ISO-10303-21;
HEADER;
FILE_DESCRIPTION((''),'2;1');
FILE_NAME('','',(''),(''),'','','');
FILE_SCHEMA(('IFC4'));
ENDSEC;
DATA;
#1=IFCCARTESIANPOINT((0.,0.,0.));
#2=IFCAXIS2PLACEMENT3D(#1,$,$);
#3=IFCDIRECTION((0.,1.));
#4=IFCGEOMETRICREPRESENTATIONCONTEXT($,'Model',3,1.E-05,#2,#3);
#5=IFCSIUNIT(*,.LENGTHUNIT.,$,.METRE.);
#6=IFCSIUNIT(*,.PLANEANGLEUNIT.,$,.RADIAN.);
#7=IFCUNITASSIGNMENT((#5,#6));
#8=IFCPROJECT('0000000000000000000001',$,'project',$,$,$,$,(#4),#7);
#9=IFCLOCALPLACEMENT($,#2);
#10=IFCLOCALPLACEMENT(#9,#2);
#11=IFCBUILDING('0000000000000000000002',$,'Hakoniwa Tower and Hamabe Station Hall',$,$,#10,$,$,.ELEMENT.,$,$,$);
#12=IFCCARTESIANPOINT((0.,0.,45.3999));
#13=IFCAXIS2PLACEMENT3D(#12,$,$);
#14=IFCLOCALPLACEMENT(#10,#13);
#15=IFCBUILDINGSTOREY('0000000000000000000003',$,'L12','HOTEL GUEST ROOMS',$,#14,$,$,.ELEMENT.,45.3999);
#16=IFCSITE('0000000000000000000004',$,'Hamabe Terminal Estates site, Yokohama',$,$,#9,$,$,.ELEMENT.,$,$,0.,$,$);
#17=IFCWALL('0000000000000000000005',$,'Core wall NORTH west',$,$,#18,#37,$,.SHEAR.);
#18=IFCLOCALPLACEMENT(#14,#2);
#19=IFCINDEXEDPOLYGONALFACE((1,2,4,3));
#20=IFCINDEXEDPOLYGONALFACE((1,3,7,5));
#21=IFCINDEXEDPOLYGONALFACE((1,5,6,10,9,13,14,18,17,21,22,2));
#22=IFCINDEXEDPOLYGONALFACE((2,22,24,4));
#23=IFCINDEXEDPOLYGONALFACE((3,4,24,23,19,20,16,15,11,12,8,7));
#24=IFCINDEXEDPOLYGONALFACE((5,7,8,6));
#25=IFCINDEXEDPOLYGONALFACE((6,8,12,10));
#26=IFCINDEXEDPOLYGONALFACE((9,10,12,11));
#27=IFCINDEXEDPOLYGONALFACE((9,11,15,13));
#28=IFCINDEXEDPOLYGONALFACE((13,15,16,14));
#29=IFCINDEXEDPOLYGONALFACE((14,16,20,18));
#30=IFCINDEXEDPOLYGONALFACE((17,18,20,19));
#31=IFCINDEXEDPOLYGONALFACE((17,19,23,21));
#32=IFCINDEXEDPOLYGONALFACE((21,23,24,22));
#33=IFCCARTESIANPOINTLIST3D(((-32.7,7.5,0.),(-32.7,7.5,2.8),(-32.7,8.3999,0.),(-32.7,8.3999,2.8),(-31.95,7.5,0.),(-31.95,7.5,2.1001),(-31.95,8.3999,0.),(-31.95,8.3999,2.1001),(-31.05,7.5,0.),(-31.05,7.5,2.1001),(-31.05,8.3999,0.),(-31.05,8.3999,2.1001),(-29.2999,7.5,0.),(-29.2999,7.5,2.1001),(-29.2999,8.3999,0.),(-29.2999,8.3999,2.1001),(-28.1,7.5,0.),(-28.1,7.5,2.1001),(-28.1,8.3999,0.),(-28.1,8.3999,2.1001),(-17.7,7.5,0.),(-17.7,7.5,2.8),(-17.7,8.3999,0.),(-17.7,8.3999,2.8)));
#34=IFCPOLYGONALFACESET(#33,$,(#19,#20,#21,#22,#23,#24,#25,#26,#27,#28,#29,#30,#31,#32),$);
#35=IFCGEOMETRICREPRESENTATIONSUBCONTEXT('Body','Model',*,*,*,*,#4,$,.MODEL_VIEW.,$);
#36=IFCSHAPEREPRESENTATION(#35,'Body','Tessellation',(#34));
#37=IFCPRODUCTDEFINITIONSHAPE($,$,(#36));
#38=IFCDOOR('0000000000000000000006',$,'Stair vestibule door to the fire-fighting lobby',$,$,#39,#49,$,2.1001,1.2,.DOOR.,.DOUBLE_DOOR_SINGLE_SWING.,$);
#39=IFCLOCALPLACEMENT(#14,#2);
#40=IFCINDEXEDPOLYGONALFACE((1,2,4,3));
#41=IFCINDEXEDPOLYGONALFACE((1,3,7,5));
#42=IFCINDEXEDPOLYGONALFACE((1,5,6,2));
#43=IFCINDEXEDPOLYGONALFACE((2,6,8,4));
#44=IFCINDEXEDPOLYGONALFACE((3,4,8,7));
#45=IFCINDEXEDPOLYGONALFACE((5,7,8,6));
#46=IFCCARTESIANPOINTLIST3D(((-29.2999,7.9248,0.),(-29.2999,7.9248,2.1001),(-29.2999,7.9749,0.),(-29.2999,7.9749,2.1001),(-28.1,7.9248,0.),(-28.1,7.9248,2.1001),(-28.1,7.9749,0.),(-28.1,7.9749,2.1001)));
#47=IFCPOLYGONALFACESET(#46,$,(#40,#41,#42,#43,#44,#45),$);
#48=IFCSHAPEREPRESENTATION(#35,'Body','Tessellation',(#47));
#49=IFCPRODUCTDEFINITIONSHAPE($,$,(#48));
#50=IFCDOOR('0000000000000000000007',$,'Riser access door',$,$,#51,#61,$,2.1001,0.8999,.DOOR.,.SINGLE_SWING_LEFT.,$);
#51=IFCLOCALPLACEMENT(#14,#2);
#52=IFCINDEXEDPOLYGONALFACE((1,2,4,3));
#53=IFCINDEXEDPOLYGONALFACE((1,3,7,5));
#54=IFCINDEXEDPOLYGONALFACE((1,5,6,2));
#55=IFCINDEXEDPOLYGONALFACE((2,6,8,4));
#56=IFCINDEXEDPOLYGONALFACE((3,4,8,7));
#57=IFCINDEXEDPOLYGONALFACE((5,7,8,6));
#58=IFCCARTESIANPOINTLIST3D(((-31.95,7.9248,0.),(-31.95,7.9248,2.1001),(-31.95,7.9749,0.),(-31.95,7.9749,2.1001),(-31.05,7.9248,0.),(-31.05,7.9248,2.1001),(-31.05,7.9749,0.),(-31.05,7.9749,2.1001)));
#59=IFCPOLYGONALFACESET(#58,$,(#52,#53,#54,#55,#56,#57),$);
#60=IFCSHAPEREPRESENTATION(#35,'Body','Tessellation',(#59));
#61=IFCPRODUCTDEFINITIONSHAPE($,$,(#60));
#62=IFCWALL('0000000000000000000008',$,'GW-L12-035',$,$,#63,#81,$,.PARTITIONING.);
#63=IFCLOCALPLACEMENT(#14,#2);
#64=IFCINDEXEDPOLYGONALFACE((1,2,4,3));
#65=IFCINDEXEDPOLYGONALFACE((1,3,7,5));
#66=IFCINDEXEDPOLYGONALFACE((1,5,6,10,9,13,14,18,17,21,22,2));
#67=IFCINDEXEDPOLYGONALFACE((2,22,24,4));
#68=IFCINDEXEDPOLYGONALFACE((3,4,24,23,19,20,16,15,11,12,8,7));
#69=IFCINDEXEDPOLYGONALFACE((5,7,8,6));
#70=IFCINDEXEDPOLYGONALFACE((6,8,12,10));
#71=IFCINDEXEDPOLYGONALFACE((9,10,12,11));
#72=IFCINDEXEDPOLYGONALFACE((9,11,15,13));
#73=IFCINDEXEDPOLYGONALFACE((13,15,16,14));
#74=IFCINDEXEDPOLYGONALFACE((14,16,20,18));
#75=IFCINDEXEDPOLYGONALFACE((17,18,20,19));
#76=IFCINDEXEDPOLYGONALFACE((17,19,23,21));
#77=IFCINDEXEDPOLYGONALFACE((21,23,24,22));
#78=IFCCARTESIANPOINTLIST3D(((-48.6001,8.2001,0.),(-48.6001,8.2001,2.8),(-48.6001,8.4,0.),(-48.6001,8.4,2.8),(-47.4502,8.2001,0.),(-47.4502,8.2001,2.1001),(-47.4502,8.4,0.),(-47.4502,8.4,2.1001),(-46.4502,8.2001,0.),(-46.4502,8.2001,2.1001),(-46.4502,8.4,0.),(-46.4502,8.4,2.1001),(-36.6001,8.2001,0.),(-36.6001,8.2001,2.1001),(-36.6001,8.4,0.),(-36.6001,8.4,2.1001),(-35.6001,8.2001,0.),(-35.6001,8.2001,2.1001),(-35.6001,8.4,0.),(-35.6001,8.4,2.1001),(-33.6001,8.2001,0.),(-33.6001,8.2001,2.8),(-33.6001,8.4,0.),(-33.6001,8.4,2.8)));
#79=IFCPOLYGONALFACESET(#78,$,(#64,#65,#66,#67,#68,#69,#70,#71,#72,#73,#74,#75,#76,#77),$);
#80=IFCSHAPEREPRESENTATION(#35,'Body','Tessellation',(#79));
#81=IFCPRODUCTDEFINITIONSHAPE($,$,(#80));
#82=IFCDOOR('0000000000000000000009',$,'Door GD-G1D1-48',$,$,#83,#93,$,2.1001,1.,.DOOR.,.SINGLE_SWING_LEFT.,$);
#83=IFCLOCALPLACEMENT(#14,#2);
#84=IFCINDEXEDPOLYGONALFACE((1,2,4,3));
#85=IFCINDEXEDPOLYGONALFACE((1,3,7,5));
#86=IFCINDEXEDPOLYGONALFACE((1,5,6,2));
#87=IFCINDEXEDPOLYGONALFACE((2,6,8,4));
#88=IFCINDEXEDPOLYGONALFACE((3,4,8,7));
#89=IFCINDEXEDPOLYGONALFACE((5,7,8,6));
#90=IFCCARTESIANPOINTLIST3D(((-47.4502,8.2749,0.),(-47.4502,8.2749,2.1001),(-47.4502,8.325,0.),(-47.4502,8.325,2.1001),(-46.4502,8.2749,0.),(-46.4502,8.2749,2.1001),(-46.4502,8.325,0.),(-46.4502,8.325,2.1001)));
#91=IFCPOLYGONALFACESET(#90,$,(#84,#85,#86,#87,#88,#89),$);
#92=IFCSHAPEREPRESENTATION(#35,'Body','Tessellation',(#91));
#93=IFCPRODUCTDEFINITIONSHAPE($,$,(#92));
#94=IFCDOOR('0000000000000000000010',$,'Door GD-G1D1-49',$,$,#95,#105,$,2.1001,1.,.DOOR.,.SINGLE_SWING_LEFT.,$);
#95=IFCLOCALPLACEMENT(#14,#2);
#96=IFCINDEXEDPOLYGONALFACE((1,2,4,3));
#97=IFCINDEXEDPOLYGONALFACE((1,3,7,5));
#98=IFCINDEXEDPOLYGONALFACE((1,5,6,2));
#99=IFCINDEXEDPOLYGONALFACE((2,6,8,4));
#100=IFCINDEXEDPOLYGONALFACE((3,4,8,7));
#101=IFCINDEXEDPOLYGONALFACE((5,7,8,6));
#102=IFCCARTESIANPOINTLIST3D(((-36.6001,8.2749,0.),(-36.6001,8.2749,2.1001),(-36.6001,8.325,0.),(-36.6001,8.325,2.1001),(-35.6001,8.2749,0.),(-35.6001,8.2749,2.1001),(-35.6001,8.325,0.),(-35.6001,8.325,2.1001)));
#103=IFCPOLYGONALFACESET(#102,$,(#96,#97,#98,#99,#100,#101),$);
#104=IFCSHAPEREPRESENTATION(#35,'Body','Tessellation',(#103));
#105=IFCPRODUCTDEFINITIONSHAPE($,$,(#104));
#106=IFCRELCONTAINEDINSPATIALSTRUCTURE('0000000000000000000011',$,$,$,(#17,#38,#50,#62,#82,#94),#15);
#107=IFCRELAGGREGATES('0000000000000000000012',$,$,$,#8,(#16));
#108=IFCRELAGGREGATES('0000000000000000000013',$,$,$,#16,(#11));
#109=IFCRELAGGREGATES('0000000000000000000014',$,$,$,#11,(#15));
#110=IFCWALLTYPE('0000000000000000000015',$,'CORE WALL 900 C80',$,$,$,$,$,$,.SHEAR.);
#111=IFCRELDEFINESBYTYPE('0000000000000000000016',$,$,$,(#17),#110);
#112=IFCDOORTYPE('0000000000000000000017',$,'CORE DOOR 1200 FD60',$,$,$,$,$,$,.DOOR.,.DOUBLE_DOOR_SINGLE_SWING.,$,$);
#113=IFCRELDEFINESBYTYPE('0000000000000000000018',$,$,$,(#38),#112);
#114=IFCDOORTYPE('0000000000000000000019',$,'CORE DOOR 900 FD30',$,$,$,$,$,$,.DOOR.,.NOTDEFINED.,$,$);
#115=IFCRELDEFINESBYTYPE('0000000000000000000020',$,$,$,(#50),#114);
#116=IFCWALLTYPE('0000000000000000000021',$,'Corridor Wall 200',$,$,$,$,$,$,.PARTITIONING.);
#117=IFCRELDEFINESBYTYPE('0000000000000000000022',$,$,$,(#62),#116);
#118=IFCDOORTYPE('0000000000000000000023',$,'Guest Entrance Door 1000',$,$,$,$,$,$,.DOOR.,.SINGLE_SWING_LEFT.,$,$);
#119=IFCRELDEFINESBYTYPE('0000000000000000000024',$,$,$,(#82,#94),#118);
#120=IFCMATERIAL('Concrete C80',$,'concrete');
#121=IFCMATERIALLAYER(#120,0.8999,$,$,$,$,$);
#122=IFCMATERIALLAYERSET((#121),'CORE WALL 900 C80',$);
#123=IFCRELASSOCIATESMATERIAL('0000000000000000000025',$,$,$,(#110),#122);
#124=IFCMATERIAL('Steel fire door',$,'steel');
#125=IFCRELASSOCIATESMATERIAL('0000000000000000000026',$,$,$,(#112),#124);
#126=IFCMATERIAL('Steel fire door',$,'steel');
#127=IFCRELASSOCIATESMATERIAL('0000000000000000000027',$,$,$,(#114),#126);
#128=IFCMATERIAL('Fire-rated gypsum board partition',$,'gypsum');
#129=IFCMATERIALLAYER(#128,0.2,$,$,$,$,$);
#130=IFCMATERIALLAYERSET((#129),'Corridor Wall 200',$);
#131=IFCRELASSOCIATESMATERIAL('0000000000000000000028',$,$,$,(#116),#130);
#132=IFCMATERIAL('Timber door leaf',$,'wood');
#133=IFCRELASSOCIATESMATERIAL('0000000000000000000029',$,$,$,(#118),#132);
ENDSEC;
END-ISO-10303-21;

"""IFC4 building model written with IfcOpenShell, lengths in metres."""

from ifc_helpers import new_model, si_unit, direction, frame, frame_2d, origin, place, context, subcontext, project, spatial, rectangle, extrude, material, layer, layer_set, type_object, element, fill, save


model = new_model("IFC4")

# Units and contexts
model_context = context("Model", 3, precision=1e-05, world=origin(), true_north=direction((0.0, 1.0)))
body_context = subcontext(model_context, "Body", "Model", "MODEL_VIEW")
ifc_project = project(units=[si_unit("LENGTHUNIT", "METRE"), si_unit("PLANEANGLEUNIT", "RADIAN")], contexts=[model_context])

# Site, building, storey
site_placement = place(None, origin())
site = spatial("IfcSite", under=ifc_project, at=site_placement, Name="Hamabe Terminal Estates site, Yokohama", CompositionType="ELEMENT", RefElevation=0.0)
building_placement = place(site_placement, origin())
building = spatial("IfcBuilding", under=site, at=building_placement, Name="Hakoniwa Tower and Hamabe Station Hall", CompositionType="ELEMENT")
storey_placement = place(building_placement, frame((0.0, 0.0, 45.3999)))
storey = spatial("IfcBuildingStorey", under=building, at=storey_placement, Name="L12", Description="HOTEL GUEST ROOMS", CompositionType="ELEMENT", Elevation=45.3999)

# Walls, openings, doors
ifc_material_1 = material(Name="Concrete C80", Category="concrete")
ifc_layer_1 = layer(ifc_material_1, 0.8999)
ifc_layer_set_1 = layer_set([ifc_layer_1], Name="CORE WALL 900 C80")
wall_type_1 = type_object("IfcWallType", Name="CORE WALL 900 C80", PredefinedType="SHEAR", material=ifc_layer_set_1)
wall_1_placement = place(storey_placement, frame((-32.7, 7.95, 0.0), z_axis=(0.0, 0.0, 1.0), x_axis=(1.0, 0.0, 0.0)))
wall_1 = element("IfcWall", 1, at=wall_1_placement, inside=storey, type_object=wall_type_1, Name="Core wall NORTH west", PredefinedType="SHEAR", context=body_context, shape_type="SweptSolid", body=[
    extrude(rectangle(XDim=15.0, YDim=0.8999, at=frame_2d((7.5, 0.0))), origin(), (0.0, 0.0, 1.0), 2.8),
])
opening_1_placement = place(wall_1_placement, frame((3.3999, 0.0, 0.0)))
opening_1 = element("IfcOpeningElement", 2, at=opening_1_placement, cuts=wall_1, PredefinedType="OPENING", context=body_context, shape_type="SweptSolid", body=[
    extrude(rectangle(XDim=1.2, YDim=2.1001, at=frame_2d((0.6001, 1.05))), frame((0.0, 0.46, 0.0), z_axis=(0.0, -1.0, 0.0), x_axis=(1.0, 0.0, 0.0)), (0.0, 0.0, 1.0), 0.9199),
])
opening_2_placement = place(wall_1_placement, frame((0.75, 0.0, 0.0)))
opening_2 = element("IfcOpeningElement", 3, at=opening_2_placement, cuts=wall_1, PredefinedType="OPENING", context=body_context, shape_type="SweptSolid", body=[
    extrude(rectangle(XDim=0.8999, YDim=2.1001, at=frame_2d((0.45, 1.05))), frame((0.0, 0.46, 0.0), z_axis=(0.0, -1.0, 0.0), x_axis=(1.0, 0.0, 0.0)), (0.0, 0.0, 1.0), 0.9199),
])
ifc_material_2 = material(Name="Steel fire door", Category="steel")
door_type_1 = type_object("IfcDoorType", Name="CORE DOOR 1200 FD60", OperationType="DOUBLE_DOOR_SINGLE_SWING", PredefinedType="DOOR", material=ifc_material_2)
door_1_placement = place(opening_1_placement, origin())
door_1 = element("IfcDoor", 4, at=door_1_placement, inside=storey, type_object=door_type_1, Name="Stair vestibule door to the fire-fighting lobby", OperationType="DOUBLE_DOOR_SINGLE_SWING", OverallHeight=2.1001, OverallWidth=1.2, PredefinedType="DOOR", context=body_context, shape_type="SweptSolid", body=[
    extrude(rectangle(XDim=1.2, YDim=2.1001, at=frame_2d((0.6001, 1.05))), frame((0.0, 0.0249, 0.0), z_axis=(0.0, -1.0, 0.0), x_axis=(1.0, 0.0, 0.0)), (0.0, 0.0, 1.0), 0.05),
])
fill(opening_1, door_1)
ifc_material_3 = material(Name="Steel fire door", Category="steel")
door_type_2 = type_object("IfcDoorType", Name="CORE DOOR 900 FD30", OperationType="NOTDEFINED", PredefinedType="DOOR", material=ifc_material_3)
door_2_placement = place(opening_2_placement, origin())
door_2 = element("IfcDoor", 5, at=door_2_placement, inside=storey, type_object=door_type_2, Name="Riser access door", OperationType="SINGLE_SWING_LEFT", OverallHeight=2.1001, OverallWidth=0.8999, PredefinedType="DOOR", context=body_context, shape_type="SweptSolid", body=[
    extrude(rectangle(XDim=0.8999, YDim=2.1001, at=frame_2d((0.45, 1.05))), frame((0.0, 0.0249, 0.0), z_axis=(0.0, -1.0, 0.0), x_axis=(1.0, 0.0, 0.0)), (0.0, 0.0, 1.0), 0.05),
])
fill(opening_2, door_2)
ifc_material_4 = material(Name="Fire-rated gypsum board partition", Category="gypsum")
ifc_layer_2 = layer(ifc_material_4, 0.2)
ifc_layer_set_2 = layer_set([ifc_layer_2], Name="Corridor Wall 200")
wall_type_2 = type_object("IfcWallType", Name="Corridor Wall 200", PredefinedType="PARTITIONING", material=ifc_layer_set_2)
wall_2_placement = place(storey_placement, frame((-48.6001, 8.3, 0.0), z_axis=(0.0, 0.0, 1.0), x_axis=(1.0, 0.0, 0.0)))
wall_2 = element("IfcWall", 6, at=wall_2_placement, inside=storey, type_object=wall_type_2, Name="GW-L12-035", PredefinedType="PARTITIONING", context=body_context, shape_type="SweptSolid", body=[
    extrude(rectangle(XDim=15.0, YDim=0.2, at=frame_2d((7.5, 0.0))), origin(), (0.0, 0.0, 1.0), 2.8),
])
opening_3_placement = place(wall_2_placement, frame((1.1499, 0.0, 0.0)))
opening_3 = element("IfcOpeningElement", 7, at=opening_3_placement, cuts=wall_2, PredefinedType="OPENING", context=body_context, shape_type="SweptSolid", body=[
    extrude(rectangle(XDim=1.0, YDim=2.1001, at=frame_2d((0.5, 1.05))), frame((0.0, 0.1099, 0.0), z_axis=(0.0, -1.0, 0.0), x_axis=(1.0, 0.0, 0.0)), (0.0, 0.0, 1.0), 0.22),
])
opening_4_placement = place(wall_2_placement, frame((12.0, 0.0, 0.0)))
opening_4 = element("IfcOpeningElement", 8, at=opening_4_placement, cuts=wall_2, PredefinedType="OPENING", context=body_context, shape_type="SweptSolid", body=[
    extrude(rectangle(XDim=1.0, YDim=2.1001, at=frame_2d((0.5, 1.05))), frame((0.0, 0.1099, 0.0), z_axis=(0.0, -1.0, 0.0), x_axis=(1.0, 0.0, 0.0)), (0.0, 0.0, 1.0), 0.22),
])
ifc_material_5 = material(Name="Timber door leaf", Category="wood")
door_type_3 = type_object("IfcDoorType", Name="Guest Entrance Door 1000", OperationType="SINGLE_SWING_LEFT", PredefinedType="DOOR", material=ifc_material_5)
door_3_placement = place(opening_3_placement, origin())
door_3 = element("IfcDoor", 9, at=door_3_placement, inside=storey, type_object=door_type_3, Name="Door GD-G1D1-48", OperationType="SINGLE_SWING_LEFT", OverallHeight=2.1001, OverallWidth=1.0, PredefinedType="DOOR", context=body_context, shape_type="SweptSolid", body=[
    extrude(rectangle(XDim=1.0, YDim=2.1001, at=frame_2d((0.5, 1.05))), frame((0.0, 0.0249, 0.0), z_axis=(0.0, -1.0, 0.0), x_axis=(1.0, 0.0, 0.0)), (0.0, 0.0, 1.0), 0.05),
])
fill(opening_3, door_3)
door_4_placement = place(opening_4_placement, origin())
door_4 = element("IfcDoor", 10, at=door_4_placement, inside=storey, type_object=door_type_3, Name="Door GD-G1D1-49", OperationType="SINGLE_SWING_LEFT", OverallHeight=2.1001, OverallWidth=1.0, PredefinedType="DOOR", context=body_context, shape_type="SweptSolid", body=[
    extrude(rectangle(XDim=1.0, YDim=2.1001, at=frame_2d((0.5, 1.05))), frame((0.0, 0.0249, 0.0), z_axis=(0.0, -1.0, 0.0), x_axis=(1.0, 0.0, 0.0)), (0.0, 0.0, 1.0), 0.05),
])
fill(opening_4, door_4)

save(model, "model.ifc")
